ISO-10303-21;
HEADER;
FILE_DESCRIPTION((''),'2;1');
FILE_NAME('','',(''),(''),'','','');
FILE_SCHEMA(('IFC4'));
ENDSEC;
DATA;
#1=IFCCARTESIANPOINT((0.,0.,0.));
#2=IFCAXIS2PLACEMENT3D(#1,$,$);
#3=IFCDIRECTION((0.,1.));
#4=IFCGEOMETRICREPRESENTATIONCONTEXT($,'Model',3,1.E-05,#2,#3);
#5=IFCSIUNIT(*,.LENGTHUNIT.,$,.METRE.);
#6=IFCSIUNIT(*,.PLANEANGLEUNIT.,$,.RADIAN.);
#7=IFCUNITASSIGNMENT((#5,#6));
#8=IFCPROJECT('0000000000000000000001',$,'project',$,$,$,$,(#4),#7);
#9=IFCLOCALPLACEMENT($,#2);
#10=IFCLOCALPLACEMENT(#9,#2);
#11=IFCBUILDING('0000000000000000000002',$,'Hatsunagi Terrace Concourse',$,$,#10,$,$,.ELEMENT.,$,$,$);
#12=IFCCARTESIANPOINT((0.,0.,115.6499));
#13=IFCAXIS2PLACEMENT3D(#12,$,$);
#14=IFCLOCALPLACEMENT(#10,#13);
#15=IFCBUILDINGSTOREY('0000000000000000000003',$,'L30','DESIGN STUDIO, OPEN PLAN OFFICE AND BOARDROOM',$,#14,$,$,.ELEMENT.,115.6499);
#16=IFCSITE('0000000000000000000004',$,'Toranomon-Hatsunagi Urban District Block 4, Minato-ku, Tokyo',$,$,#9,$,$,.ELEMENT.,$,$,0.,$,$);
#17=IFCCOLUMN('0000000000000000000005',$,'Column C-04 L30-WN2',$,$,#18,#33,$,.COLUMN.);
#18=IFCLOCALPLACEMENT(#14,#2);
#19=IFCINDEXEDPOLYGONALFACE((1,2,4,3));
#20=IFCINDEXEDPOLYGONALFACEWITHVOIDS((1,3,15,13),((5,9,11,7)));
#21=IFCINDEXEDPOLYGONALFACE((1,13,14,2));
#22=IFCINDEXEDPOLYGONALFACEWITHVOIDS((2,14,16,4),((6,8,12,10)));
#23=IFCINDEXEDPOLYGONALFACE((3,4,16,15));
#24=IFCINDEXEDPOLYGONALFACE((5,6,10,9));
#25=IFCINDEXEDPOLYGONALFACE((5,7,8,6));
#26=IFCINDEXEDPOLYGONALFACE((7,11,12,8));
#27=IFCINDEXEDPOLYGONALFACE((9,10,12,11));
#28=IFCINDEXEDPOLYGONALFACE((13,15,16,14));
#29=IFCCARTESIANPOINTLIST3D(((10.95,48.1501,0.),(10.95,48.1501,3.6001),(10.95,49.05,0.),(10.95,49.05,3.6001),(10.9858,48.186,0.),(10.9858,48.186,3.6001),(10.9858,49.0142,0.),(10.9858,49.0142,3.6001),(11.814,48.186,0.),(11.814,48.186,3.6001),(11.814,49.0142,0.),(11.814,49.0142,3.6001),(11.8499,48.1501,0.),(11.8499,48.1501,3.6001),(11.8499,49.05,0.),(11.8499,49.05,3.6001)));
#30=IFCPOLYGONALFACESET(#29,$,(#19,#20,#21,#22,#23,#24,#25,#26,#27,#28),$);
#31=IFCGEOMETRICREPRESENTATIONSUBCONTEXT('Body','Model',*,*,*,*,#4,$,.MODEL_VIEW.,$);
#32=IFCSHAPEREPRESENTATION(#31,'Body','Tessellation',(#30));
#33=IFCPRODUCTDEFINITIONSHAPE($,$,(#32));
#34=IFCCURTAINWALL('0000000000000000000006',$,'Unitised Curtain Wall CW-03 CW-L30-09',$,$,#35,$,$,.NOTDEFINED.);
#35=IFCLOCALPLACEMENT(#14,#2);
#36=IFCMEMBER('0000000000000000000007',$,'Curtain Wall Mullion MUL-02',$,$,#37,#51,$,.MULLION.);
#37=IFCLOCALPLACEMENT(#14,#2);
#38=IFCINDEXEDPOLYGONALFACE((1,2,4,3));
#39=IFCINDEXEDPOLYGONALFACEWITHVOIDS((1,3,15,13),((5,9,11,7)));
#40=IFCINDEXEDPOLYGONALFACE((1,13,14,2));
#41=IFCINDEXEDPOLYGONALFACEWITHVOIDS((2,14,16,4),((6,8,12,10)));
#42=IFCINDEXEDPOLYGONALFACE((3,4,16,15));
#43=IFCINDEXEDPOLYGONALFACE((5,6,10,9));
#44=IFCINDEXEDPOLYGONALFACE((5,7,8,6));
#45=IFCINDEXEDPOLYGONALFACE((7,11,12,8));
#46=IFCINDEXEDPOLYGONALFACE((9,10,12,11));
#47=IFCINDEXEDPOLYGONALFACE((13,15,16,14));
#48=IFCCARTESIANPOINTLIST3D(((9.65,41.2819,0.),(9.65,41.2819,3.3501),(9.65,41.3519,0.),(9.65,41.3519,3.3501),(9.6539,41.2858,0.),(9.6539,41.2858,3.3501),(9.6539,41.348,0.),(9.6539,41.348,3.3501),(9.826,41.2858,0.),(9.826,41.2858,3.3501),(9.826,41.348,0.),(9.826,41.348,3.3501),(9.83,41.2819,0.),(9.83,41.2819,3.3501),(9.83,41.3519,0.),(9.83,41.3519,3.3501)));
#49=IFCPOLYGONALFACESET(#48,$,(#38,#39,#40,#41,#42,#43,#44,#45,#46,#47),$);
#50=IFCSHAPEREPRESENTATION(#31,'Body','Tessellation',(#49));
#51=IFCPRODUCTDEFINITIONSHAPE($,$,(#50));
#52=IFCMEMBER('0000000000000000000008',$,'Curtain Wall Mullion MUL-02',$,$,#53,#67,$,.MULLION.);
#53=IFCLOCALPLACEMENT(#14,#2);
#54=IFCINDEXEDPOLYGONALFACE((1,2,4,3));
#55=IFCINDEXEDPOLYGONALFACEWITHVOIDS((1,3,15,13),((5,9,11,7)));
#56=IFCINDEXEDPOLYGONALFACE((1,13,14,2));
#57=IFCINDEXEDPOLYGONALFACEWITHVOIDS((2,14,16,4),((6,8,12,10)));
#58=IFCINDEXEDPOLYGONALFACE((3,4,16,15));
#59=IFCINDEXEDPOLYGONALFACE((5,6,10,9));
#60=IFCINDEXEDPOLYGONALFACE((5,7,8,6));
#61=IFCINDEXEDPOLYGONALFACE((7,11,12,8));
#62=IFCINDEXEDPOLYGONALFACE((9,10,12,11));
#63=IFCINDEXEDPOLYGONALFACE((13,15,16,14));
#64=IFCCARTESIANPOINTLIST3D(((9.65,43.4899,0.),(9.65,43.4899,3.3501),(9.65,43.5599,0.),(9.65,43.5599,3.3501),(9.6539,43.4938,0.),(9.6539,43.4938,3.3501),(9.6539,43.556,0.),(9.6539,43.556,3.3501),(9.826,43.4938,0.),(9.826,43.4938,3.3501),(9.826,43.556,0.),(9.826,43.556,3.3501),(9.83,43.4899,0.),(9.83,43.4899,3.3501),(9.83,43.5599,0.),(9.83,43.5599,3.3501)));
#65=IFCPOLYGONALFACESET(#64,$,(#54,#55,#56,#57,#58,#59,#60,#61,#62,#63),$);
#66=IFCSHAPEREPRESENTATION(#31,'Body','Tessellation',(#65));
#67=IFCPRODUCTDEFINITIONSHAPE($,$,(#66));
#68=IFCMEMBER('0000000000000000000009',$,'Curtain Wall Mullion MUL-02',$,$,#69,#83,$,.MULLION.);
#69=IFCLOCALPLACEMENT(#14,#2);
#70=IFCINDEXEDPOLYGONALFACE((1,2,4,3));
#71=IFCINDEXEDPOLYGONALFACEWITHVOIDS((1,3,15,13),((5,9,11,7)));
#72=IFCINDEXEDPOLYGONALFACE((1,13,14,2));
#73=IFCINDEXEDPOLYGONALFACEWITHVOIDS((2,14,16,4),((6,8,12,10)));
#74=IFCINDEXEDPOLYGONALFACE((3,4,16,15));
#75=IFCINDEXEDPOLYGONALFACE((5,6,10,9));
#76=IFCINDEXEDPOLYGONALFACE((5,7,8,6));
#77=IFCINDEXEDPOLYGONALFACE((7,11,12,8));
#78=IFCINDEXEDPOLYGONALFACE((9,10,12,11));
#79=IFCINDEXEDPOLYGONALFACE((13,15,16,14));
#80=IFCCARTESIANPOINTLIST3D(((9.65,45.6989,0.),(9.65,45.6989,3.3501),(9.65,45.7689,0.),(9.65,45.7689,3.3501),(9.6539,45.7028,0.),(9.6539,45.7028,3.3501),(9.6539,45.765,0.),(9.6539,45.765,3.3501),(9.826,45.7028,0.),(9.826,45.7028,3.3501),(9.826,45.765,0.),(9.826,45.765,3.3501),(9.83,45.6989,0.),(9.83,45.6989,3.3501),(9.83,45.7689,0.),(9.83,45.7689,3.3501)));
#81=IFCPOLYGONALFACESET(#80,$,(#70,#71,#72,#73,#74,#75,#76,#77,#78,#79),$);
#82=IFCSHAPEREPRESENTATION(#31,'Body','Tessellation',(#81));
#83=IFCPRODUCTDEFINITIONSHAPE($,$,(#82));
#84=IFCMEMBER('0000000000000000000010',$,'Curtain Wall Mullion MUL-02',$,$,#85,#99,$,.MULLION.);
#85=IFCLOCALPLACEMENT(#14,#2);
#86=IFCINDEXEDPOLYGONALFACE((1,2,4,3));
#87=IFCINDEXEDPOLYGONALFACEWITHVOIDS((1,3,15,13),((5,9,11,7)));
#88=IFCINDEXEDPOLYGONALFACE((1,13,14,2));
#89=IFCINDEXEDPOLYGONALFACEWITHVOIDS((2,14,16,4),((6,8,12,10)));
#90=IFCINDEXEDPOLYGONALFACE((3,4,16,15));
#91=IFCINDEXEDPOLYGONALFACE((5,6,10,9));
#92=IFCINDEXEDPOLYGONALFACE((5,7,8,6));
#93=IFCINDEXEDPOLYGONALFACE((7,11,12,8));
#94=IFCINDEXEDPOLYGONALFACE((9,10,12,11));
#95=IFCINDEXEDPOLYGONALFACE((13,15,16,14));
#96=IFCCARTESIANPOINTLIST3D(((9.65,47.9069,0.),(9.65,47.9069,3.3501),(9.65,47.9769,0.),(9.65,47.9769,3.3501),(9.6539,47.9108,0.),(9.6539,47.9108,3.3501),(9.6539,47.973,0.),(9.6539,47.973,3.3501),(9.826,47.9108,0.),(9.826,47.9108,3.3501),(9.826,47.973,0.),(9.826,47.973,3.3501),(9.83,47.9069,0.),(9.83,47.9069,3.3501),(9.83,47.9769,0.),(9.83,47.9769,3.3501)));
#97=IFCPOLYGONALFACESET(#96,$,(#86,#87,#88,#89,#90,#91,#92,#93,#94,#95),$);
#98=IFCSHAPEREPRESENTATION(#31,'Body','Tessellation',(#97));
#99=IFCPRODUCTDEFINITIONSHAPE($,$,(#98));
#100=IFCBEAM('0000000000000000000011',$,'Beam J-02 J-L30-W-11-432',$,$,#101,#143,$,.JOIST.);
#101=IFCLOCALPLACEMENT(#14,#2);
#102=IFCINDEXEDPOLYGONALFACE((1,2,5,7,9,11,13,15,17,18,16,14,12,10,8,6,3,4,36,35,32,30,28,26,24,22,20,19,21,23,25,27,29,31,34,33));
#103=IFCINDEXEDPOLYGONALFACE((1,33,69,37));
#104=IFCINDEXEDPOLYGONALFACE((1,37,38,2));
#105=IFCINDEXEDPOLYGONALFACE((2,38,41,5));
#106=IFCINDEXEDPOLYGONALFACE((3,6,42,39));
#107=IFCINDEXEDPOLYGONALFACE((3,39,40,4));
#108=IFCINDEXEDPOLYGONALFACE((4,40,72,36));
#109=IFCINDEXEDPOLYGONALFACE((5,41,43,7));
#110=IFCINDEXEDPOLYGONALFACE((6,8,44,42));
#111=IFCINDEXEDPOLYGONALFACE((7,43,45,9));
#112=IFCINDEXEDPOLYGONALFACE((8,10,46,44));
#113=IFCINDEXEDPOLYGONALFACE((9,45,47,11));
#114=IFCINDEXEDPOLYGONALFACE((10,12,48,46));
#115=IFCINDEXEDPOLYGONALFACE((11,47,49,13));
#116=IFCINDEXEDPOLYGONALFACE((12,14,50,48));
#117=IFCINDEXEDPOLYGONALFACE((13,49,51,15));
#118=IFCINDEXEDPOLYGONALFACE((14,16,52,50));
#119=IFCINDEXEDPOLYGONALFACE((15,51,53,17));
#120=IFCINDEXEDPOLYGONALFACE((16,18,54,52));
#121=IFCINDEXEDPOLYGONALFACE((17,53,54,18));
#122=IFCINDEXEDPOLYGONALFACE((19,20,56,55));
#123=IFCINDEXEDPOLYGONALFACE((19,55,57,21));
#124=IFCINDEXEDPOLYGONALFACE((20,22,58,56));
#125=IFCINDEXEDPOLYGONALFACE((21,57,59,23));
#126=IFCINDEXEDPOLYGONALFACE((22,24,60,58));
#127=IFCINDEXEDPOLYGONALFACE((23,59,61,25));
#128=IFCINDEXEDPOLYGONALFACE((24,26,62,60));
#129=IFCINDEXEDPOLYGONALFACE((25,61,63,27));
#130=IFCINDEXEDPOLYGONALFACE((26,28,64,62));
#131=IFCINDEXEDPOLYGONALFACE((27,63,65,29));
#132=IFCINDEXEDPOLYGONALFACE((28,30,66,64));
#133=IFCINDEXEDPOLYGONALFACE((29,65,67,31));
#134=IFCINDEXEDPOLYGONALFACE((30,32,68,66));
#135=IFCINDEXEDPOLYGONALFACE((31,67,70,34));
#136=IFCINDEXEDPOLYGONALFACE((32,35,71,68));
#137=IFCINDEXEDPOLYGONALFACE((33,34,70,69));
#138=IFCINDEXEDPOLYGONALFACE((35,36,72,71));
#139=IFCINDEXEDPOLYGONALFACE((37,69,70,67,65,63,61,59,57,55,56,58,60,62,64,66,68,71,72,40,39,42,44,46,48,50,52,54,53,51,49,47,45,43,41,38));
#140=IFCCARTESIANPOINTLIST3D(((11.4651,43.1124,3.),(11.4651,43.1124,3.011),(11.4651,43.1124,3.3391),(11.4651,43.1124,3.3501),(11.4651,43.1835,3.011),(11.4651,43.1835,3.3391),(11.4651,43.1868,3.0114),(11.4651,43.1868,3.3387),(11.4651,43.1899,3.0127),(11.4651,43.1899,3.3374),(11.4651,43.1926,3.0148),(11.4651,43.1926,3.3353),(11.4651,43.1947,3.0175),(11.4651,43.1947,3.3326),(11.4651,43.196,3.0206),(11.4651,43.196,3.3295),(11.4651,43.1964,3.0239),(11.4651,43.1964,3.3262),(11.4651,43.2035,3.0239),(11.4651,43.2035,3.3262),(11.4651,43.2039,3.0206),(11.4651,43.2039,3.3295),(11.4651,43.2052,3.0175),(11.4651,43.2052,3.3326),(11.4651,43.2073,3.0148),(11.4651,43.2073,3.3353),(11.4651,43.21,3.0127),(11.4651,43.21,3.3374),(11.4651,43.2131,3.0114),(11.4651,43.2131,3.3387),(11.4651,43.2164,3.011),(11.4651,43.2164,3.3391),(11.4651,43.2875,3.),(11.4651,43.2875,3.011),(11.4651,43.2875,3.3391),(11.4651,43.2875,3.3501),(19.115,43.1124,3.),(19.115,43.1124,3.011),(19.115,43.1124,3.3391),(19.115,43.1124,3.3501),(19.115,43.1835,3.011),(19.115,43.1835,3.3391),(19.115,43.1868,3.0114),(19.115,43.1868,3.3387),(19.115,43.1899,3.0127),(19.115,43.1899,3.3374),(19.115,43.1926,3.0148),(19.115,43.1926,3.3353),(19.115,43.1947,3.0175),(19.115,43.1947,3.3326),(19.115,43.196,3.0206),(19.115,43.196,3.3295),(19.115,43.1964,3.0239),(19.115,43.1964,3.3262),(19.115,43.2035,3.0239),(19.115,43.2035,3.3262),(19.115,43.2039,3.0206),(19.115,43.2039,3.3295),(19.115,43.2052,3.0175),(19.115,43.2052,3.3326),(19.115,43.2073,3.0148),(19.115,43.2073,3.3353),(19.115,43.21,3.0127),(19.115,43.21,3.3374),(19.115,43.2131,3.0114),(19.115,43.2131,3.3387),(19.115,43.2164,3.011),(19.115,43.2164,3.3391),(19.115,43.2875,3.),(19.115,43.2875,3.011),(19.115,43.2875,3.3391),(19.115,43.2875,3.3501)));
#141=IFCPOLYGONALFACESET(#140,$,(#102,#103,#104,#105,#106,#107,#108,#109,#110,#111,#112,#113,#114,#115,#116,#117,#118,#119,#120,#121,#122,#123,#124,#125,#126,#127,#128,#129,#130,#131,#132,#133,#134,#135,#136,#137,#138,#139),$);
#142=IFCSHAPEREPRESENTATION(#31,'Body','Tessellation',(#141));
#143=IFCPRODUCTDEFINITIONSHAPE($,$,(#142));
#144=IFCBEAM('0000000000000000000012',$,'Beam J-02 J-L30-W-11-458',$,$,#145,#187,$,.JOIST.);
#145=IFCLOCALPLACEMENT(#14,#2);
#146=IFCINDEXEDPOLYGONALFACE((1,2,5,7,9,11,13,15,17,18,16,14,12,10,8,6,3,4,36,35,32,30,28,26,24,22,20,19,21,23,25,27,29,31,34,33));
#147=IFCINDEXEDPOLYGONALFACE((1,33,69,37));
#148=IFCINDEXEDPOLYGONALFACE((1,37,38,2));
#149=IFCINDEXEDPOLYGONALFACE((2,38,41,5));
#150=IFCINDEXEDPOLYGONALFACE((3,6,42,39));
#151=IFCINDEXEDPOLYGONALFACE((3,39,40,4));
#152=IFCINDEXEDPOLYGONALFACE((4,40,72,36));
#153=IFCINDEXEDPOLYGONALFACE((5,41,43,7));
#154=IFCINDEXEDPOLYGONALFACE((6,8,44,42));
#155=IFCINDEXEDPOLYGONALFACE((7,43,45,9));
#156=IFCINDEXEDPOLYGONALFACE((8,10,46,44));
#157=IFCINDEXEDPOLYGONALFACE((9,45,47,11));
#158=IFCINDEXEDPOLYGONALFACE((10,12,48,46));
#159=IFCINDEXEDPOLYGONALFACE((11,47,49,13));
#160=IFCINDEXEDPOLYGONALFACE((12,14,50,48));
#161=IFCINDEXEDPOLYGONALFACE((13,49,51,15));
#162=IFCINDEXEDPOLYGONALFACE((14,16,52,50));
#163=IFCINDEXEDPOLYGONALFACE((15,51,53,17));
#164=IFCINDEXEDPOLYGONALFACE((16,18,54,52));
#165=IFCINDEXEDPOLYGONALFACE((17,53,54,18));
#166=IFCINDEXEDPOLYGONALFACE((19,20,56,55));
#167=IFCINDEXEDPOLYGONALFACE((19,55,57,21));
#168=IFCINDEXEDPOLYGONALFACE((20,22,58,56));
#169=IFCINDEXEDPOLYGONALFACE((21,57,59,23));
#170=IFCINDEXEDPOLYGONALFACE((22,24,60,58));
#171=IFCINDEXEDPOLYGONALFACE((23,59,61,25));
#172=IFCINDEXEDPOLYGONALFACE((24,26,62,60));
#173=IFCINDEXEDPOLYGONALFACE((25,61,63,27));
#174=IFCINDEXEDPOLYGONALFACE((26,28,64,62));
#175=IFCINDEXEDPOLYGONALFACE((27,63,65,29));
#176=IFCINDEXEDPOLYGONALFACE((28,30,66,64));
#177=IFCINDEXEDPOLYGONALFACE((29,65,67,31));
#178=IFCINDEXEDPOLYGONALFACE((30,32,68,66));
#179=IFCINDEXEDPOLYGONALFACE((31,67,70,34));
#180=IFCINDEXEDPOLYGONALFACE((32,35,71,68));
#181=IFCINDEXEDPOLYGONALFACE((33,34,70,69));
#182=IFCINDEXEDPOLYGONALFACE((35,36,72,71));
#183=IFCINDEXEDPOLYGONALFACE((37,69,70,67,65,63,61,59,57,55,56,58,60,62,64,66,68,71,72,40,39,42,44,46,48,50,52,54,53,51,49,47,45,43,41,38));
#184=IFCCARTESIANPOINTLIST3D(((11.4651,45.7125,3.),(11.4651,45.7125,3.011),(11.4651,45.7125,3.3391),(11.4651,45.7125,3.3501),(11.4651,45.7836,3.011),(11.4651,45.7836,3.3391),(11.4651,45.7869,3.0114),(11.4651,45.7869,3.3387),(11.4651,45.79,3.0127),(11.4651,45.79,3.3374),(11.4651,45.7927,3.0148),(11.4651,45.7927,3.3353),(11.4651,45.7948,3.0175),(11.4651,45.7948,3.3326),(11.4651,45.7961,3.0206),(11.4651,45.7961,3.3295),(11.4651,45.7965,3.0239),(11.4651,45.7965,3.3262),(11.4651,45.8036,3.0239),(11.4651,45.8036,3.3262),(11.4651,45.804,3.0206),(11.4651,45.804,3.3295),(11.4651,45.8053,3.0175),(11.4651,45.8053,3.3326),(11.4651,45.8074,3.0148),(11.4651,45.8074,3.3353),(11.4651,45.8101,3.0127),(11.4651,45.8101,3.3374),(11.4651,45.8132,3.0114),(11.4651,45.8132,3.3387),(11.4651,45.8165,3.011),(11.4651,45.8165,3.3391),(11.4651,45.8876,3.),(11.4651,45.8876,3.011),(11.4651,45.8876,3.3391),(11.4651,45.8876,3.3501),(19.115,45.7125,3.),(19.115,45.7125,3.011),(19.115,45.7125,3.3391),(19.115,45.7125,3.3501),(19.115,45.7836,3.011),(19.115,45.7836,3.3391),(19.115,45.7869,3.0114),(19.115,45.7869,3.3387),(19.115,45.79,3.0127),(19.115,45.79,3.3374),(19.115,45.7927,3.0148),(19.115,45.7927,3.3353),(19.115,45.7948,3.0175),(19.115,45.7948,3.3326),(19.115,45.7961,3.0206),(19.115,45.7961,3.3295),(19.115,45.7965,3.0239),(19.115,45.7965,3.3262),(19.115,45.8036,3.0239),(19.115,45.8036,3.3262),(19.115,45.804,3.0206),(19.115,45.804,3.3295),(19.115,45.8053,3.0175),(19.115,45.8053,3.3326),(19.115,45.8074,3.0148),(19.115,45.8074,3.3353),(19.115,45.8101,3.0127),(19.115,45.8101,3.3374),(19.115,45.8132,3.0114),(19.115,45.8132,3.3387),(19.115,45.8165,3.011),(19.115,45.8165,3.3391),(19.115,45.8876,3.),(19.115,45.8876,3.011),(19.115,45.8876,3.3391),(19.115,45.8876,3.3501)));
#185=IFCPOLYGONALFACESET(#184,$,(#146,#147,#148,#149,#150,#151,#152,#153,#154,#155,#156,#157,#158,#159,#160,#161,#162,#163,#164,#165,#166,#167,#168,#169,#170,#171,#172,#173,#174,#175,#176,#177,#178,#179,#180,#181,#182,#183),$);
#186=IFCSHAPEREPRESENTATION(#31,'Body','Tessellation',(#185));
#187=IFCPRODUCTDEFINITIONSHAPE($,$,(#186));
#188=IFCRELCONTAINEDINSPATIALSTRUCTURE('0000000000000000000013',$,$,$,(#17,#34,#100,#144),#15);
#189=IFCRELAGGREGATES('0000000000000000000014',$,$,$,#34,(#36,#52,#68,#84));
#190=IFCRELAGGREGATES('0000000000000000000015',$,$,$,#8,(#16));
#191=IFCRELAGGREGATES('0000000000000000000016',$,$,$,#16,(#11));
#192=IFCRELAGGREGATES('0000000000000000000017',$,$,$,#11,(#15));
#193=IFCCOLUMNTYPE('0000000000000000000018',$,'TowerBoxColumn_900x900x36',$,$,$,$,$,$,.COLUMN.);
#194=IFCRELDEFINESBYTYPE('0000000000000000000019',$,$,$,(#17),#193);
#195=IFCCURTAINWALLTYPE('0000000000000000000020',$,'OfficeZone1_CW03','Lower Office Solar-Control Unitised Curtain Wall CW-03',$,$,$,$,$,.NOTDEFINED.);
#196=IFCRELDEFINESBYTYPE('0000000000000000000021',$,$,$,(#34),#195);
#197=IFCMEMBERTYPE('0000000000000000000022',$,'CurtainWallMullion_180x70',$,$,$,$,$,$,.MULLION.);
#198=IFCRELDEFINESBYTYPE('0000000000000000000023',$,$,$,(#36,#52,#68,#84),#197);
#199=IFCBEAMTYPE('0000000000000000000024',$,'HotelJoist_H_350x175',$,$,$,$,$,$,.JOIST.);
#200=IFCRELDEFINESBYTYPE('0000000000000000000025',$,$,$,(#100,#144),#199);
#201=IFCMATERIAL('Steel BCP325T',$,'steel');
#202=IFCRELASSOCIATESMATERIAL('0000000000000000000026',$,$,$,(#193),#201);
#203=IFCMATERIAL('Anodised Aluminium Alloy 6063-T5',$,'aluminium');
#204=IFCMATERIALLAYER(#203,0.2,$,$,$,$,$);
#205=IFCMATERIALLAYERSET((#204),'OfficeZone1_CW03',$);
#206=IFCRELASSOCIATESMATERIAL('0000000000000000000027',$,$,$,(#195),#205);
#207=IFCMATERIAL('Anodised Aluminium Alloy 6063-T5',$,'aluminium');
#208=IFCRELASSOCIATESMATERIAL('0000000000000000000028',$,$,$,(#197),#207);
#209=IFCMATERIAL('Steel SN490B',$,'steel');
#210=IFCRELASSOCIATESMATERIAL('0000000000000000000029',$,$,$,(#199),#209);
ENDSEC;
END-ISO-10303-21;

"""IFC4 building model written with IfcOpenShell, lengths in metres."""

from ifc_helpers import new_model, si_unit, direction, frame, origin, origin_2d, place, context, subcontext, project, spatial, hollow_rectangle, i_section, extrude, material, layer, layer_set, material_profile, profile_set, type_object, element, aggregate, save


model = new_model("IFC4")

# Units and contexts
model_context = context("Model", 3, precision=1e-05, world=origin(), true_north=direction((0.0, 1.0)))
body_context = subcontext(model_context, "Body", "Model", "MODEL_VIEW")
ifc_project = project(units=[si_unit("LENGTHUNIT", "METRE"), si_unit("PLANEANGLEUNIT", "RADIAN")], contexts=[model_context])

# Site, building, storey
site_placement = place(None, origin())
site = spatial("IfcSite", under=ifc_project, at=site_placement, Name="Toranomon-Hatsunagi Urban District Block 4, Minato-ku, Tokyo", CompositionType="ELEMENT", RefElevation=0.0)
building_placement = place(site_placement, origin())
building = spatial("IfcBuilding", under=site, at=building_placement, Name="Hatsunagi Terrace Concourse", CompositionType="ELEMENT")
storey_placement = place(building_placement, frame((0.0, 0.0, 115.6499)))
storey = spatial("IfcBuildingStorey", under=building, at=storey_placement, Name="L30", Description="DESIGN STUDIO, OPEN PLAN OFFICE AND BOARDROOM", CompositionType="ELEMENT", Elevation=115.6499)

# Column
ifc_material_1 = material(Name="Steel BCP325T", Category="steel")
ifc_material_profile_1 = material_profile(ifc_material_1, hollow_rectangle(XDim=0.8999, YDim=0.8999, WallThickness=0.0359, at=origin_2d()), Name="BCP-900x900x36")
ifc_profile_set_1 = profile_set([ifc_material_profile_1], Name="Steel BCP325T")
column_type = type_object("IfcColumnType", Name="TowerBoxColumn_900x900x36", PredefinedType="COLUMN", material=ifc_profile_set_1)
column_placement = place(storey_placement, frame((11.3999, 48.6001, 0.0), z_axis=(0.0, 0.0, 1.0), x_axis=(1.0, 0.0, 0.0)))
element("IfcColumn", 1, at=column_placement, inside=storey, type_object=column_type, Name="Column C-04 L30-WN2", PredefinedType="COLUMN", context=body_context, shape_type="SweptSolid", body=[
    extrude(hollow_rectangle(XDim=0.8999, YDim=0.8999, WallThickness=0.0359, at=origin_2d()), origin(), (0.0, 0.0, 1.0), 3.6001),
])

# Curtain wall, members
ifc_material_2 = material(Name="Anodised Aluminium Alloy 6063-T5", Category="aluminium")
ifc_layer_1 = layer(ifc_material_2, 0.2)
ifc_layer_set_1 = layer_set([ifc_layer_1], Name="OfficeZone1_CW03")
curtain_wall_type = type_object("IfcCurtainWallType", Name="OfficeZone1_CW03", Description="Lower Office Solar-Control Unitised Curtain Wall CW-03", PredefinedType="NOTDEFINED", material=ifc_layer_set_1)
curtain_wall_placement = place(storey_placement, origin())
curtain_wall = element("IfcCurtainWall", 2, at=curtain_wall_placement, inside=storey, type_object=curtain_wall_type, Name="Unitised Curtain Wall CW-03 CW-L30-09", PredefinedType="NOTDEFINED")
ifc_material_3 = material(Name="Anodised Aluminium Alloy 6063-T5", Category="aluminium")
ifc_material_profile_2 = material_profile(ifc_material_3, hollow_rectangle(XDim=0.0701, YDim=0.1799, WallThickness=0.0039, at=origin_2d()), Name="ALU-MUL-180x70x4")
ifc_profile_set_2 = profile_set([ifc_material_profile_2], Name="Anodised Aluminium Alloy 6063-T5")
member_type = type_object("IfcMemberType", Name="CurtainWallMullion_180x70", PredefinedType="MULLION", material=ifc_profile_set_2)
member_1_placement = place(storey_placement, frame((9.74, 41.3169, 0.0), z_axis=(0.0, 0.0, 1.0), x_axis=(0.0, 1.0, 0.0)))
member_1 = element("IfcMember", 3, at=member_1_placement, type_object=member_type, Name="Curtain Wall Mullion MUL-02", PredefinedType="MULLION", context=body_context, shape_type="SweptSolid", body=[
    extrude(hollow_rectangle(XDim=0.0701, YDim=0.1799, WallThickness=0.0039, at=origin_2d()), origin(), (0.0, 0.0, 1.0), 3.3501),
])
member_2_placement = place(storey_placement, frame((9.74, 43.5249, 0.0), z_axis=(0.0, 0.0, 1.0), x_axis=(0.0, 1.0, 0.0)))
member_2 = element("IfcMember", 4, at=member_2_placement, type_object=member_type, Name="Curtain Wall Mullion MUL-02", PredefinedType="MULLION", context=body_context, shape_type="SweptSolid", body=[
    extrude(hollow_rectangle(XDim=0.0701, YDim=0.1799, WallThickness=0.0039, at=origin_2d()), origin(), (0.0, 0.0, 1.0), 3.3501),
])
member_3_placement = place(storey_placement, frame((9.74, 45.7339, 0.0), z_axis=(0.0, 0.0, 1.0), x_axis=(0.0, 1.0, 0.0)))
member_3 = element("IfcMember", 5, at=member_3_placement, type_object=member_type, Name="Curtain Wall Mullion MUL-02", PredefinedType="MULLION", context=body_context, shape_type="SweptSolid", body=[
    extrude(hollow_rectangle(XDim=0.0701, YDim=0.1799, WallThickness=0.0039, at=origin_2d()), origin(), (0.0, 0.0, 1.0), 3.3501),
])
member_4_placement = place(storey_placement, frame((9.74, 47.9419, 0.0), z_axis=(0.0, 0.0, 1.0), x_axis=(0.0, 1.0, 0.0)))
member_4 = element("IfcMember", 6, at=member_4_placement, type_object=member_type, Name="Curtain Wall Mullion MUL-02", PredefinedType="MULLION", context=body_context, shape_type="SweptSolid", body=[
    extrude(hollow_rectangle(XDim=0.0701, YDim=0.1799, WallThickness=0.0039, at=origin_2d()), origin(), (0.0, 0.0, 1.0), 3.3501),
])

# Beams
ifc_material_4 = material(Name="Steel SN490B", Category="steel")
ifc_material_profile_3 = material_profile(ifc_material_4, i_section(OverallWidth=0.175, OverallDepth=0.3501, WebThickness=0.0071, FlangeThickness=0.011, FilletRadius=0.0129, at=origin_2d()), Name="H-350x175x7x11")
ifc_profile_set_3 = profile_set([ifc_material_profile_3], Name="Steel SN490B")
beam_type_1 = type_object("IfcBeamType", Name="HotelJoist_H_350x175", PredefinedType="JOIST", material=ifc_profile_set_3)
for number, where, z_axis, x_axis, name in (
    (7, (11.4651, 43.2, 3.175), (1.0, 0.0, 0.0), (0.0, 1.0, 0.0), "Beam J-02 J-L30-W-11-432"),
    (8, (11.4651, 45.8, 3.175), (1.0, 0.0, 0.0), (0.0, 1.0, 0.0), "Beam J-02 J-L30-W-11-458"),
):
    element("IfcBeam", number, at=place(storey_placement, frame(where, z_axis=z_axis, x_axis=x_axis)), inside=storey, type_object=beam_type_1, Name=name, PredefinedType="JOIST", context=body_context, shape_type="SweptSolid", body=[
        extrude(i_section(OverallWidth=0.175, OverallDepth=0.3501, WebThickness=0.0071, FlangeThickness=0.011, FilletRadius=0.0129, at=origin_2d()), origin(), (0.0, 0.0, 1.0), 7.6499),
    ])

aggregate(curtain_wall, [member_1, member_2, member_3, member_4])

save(model, "model.ifc")
